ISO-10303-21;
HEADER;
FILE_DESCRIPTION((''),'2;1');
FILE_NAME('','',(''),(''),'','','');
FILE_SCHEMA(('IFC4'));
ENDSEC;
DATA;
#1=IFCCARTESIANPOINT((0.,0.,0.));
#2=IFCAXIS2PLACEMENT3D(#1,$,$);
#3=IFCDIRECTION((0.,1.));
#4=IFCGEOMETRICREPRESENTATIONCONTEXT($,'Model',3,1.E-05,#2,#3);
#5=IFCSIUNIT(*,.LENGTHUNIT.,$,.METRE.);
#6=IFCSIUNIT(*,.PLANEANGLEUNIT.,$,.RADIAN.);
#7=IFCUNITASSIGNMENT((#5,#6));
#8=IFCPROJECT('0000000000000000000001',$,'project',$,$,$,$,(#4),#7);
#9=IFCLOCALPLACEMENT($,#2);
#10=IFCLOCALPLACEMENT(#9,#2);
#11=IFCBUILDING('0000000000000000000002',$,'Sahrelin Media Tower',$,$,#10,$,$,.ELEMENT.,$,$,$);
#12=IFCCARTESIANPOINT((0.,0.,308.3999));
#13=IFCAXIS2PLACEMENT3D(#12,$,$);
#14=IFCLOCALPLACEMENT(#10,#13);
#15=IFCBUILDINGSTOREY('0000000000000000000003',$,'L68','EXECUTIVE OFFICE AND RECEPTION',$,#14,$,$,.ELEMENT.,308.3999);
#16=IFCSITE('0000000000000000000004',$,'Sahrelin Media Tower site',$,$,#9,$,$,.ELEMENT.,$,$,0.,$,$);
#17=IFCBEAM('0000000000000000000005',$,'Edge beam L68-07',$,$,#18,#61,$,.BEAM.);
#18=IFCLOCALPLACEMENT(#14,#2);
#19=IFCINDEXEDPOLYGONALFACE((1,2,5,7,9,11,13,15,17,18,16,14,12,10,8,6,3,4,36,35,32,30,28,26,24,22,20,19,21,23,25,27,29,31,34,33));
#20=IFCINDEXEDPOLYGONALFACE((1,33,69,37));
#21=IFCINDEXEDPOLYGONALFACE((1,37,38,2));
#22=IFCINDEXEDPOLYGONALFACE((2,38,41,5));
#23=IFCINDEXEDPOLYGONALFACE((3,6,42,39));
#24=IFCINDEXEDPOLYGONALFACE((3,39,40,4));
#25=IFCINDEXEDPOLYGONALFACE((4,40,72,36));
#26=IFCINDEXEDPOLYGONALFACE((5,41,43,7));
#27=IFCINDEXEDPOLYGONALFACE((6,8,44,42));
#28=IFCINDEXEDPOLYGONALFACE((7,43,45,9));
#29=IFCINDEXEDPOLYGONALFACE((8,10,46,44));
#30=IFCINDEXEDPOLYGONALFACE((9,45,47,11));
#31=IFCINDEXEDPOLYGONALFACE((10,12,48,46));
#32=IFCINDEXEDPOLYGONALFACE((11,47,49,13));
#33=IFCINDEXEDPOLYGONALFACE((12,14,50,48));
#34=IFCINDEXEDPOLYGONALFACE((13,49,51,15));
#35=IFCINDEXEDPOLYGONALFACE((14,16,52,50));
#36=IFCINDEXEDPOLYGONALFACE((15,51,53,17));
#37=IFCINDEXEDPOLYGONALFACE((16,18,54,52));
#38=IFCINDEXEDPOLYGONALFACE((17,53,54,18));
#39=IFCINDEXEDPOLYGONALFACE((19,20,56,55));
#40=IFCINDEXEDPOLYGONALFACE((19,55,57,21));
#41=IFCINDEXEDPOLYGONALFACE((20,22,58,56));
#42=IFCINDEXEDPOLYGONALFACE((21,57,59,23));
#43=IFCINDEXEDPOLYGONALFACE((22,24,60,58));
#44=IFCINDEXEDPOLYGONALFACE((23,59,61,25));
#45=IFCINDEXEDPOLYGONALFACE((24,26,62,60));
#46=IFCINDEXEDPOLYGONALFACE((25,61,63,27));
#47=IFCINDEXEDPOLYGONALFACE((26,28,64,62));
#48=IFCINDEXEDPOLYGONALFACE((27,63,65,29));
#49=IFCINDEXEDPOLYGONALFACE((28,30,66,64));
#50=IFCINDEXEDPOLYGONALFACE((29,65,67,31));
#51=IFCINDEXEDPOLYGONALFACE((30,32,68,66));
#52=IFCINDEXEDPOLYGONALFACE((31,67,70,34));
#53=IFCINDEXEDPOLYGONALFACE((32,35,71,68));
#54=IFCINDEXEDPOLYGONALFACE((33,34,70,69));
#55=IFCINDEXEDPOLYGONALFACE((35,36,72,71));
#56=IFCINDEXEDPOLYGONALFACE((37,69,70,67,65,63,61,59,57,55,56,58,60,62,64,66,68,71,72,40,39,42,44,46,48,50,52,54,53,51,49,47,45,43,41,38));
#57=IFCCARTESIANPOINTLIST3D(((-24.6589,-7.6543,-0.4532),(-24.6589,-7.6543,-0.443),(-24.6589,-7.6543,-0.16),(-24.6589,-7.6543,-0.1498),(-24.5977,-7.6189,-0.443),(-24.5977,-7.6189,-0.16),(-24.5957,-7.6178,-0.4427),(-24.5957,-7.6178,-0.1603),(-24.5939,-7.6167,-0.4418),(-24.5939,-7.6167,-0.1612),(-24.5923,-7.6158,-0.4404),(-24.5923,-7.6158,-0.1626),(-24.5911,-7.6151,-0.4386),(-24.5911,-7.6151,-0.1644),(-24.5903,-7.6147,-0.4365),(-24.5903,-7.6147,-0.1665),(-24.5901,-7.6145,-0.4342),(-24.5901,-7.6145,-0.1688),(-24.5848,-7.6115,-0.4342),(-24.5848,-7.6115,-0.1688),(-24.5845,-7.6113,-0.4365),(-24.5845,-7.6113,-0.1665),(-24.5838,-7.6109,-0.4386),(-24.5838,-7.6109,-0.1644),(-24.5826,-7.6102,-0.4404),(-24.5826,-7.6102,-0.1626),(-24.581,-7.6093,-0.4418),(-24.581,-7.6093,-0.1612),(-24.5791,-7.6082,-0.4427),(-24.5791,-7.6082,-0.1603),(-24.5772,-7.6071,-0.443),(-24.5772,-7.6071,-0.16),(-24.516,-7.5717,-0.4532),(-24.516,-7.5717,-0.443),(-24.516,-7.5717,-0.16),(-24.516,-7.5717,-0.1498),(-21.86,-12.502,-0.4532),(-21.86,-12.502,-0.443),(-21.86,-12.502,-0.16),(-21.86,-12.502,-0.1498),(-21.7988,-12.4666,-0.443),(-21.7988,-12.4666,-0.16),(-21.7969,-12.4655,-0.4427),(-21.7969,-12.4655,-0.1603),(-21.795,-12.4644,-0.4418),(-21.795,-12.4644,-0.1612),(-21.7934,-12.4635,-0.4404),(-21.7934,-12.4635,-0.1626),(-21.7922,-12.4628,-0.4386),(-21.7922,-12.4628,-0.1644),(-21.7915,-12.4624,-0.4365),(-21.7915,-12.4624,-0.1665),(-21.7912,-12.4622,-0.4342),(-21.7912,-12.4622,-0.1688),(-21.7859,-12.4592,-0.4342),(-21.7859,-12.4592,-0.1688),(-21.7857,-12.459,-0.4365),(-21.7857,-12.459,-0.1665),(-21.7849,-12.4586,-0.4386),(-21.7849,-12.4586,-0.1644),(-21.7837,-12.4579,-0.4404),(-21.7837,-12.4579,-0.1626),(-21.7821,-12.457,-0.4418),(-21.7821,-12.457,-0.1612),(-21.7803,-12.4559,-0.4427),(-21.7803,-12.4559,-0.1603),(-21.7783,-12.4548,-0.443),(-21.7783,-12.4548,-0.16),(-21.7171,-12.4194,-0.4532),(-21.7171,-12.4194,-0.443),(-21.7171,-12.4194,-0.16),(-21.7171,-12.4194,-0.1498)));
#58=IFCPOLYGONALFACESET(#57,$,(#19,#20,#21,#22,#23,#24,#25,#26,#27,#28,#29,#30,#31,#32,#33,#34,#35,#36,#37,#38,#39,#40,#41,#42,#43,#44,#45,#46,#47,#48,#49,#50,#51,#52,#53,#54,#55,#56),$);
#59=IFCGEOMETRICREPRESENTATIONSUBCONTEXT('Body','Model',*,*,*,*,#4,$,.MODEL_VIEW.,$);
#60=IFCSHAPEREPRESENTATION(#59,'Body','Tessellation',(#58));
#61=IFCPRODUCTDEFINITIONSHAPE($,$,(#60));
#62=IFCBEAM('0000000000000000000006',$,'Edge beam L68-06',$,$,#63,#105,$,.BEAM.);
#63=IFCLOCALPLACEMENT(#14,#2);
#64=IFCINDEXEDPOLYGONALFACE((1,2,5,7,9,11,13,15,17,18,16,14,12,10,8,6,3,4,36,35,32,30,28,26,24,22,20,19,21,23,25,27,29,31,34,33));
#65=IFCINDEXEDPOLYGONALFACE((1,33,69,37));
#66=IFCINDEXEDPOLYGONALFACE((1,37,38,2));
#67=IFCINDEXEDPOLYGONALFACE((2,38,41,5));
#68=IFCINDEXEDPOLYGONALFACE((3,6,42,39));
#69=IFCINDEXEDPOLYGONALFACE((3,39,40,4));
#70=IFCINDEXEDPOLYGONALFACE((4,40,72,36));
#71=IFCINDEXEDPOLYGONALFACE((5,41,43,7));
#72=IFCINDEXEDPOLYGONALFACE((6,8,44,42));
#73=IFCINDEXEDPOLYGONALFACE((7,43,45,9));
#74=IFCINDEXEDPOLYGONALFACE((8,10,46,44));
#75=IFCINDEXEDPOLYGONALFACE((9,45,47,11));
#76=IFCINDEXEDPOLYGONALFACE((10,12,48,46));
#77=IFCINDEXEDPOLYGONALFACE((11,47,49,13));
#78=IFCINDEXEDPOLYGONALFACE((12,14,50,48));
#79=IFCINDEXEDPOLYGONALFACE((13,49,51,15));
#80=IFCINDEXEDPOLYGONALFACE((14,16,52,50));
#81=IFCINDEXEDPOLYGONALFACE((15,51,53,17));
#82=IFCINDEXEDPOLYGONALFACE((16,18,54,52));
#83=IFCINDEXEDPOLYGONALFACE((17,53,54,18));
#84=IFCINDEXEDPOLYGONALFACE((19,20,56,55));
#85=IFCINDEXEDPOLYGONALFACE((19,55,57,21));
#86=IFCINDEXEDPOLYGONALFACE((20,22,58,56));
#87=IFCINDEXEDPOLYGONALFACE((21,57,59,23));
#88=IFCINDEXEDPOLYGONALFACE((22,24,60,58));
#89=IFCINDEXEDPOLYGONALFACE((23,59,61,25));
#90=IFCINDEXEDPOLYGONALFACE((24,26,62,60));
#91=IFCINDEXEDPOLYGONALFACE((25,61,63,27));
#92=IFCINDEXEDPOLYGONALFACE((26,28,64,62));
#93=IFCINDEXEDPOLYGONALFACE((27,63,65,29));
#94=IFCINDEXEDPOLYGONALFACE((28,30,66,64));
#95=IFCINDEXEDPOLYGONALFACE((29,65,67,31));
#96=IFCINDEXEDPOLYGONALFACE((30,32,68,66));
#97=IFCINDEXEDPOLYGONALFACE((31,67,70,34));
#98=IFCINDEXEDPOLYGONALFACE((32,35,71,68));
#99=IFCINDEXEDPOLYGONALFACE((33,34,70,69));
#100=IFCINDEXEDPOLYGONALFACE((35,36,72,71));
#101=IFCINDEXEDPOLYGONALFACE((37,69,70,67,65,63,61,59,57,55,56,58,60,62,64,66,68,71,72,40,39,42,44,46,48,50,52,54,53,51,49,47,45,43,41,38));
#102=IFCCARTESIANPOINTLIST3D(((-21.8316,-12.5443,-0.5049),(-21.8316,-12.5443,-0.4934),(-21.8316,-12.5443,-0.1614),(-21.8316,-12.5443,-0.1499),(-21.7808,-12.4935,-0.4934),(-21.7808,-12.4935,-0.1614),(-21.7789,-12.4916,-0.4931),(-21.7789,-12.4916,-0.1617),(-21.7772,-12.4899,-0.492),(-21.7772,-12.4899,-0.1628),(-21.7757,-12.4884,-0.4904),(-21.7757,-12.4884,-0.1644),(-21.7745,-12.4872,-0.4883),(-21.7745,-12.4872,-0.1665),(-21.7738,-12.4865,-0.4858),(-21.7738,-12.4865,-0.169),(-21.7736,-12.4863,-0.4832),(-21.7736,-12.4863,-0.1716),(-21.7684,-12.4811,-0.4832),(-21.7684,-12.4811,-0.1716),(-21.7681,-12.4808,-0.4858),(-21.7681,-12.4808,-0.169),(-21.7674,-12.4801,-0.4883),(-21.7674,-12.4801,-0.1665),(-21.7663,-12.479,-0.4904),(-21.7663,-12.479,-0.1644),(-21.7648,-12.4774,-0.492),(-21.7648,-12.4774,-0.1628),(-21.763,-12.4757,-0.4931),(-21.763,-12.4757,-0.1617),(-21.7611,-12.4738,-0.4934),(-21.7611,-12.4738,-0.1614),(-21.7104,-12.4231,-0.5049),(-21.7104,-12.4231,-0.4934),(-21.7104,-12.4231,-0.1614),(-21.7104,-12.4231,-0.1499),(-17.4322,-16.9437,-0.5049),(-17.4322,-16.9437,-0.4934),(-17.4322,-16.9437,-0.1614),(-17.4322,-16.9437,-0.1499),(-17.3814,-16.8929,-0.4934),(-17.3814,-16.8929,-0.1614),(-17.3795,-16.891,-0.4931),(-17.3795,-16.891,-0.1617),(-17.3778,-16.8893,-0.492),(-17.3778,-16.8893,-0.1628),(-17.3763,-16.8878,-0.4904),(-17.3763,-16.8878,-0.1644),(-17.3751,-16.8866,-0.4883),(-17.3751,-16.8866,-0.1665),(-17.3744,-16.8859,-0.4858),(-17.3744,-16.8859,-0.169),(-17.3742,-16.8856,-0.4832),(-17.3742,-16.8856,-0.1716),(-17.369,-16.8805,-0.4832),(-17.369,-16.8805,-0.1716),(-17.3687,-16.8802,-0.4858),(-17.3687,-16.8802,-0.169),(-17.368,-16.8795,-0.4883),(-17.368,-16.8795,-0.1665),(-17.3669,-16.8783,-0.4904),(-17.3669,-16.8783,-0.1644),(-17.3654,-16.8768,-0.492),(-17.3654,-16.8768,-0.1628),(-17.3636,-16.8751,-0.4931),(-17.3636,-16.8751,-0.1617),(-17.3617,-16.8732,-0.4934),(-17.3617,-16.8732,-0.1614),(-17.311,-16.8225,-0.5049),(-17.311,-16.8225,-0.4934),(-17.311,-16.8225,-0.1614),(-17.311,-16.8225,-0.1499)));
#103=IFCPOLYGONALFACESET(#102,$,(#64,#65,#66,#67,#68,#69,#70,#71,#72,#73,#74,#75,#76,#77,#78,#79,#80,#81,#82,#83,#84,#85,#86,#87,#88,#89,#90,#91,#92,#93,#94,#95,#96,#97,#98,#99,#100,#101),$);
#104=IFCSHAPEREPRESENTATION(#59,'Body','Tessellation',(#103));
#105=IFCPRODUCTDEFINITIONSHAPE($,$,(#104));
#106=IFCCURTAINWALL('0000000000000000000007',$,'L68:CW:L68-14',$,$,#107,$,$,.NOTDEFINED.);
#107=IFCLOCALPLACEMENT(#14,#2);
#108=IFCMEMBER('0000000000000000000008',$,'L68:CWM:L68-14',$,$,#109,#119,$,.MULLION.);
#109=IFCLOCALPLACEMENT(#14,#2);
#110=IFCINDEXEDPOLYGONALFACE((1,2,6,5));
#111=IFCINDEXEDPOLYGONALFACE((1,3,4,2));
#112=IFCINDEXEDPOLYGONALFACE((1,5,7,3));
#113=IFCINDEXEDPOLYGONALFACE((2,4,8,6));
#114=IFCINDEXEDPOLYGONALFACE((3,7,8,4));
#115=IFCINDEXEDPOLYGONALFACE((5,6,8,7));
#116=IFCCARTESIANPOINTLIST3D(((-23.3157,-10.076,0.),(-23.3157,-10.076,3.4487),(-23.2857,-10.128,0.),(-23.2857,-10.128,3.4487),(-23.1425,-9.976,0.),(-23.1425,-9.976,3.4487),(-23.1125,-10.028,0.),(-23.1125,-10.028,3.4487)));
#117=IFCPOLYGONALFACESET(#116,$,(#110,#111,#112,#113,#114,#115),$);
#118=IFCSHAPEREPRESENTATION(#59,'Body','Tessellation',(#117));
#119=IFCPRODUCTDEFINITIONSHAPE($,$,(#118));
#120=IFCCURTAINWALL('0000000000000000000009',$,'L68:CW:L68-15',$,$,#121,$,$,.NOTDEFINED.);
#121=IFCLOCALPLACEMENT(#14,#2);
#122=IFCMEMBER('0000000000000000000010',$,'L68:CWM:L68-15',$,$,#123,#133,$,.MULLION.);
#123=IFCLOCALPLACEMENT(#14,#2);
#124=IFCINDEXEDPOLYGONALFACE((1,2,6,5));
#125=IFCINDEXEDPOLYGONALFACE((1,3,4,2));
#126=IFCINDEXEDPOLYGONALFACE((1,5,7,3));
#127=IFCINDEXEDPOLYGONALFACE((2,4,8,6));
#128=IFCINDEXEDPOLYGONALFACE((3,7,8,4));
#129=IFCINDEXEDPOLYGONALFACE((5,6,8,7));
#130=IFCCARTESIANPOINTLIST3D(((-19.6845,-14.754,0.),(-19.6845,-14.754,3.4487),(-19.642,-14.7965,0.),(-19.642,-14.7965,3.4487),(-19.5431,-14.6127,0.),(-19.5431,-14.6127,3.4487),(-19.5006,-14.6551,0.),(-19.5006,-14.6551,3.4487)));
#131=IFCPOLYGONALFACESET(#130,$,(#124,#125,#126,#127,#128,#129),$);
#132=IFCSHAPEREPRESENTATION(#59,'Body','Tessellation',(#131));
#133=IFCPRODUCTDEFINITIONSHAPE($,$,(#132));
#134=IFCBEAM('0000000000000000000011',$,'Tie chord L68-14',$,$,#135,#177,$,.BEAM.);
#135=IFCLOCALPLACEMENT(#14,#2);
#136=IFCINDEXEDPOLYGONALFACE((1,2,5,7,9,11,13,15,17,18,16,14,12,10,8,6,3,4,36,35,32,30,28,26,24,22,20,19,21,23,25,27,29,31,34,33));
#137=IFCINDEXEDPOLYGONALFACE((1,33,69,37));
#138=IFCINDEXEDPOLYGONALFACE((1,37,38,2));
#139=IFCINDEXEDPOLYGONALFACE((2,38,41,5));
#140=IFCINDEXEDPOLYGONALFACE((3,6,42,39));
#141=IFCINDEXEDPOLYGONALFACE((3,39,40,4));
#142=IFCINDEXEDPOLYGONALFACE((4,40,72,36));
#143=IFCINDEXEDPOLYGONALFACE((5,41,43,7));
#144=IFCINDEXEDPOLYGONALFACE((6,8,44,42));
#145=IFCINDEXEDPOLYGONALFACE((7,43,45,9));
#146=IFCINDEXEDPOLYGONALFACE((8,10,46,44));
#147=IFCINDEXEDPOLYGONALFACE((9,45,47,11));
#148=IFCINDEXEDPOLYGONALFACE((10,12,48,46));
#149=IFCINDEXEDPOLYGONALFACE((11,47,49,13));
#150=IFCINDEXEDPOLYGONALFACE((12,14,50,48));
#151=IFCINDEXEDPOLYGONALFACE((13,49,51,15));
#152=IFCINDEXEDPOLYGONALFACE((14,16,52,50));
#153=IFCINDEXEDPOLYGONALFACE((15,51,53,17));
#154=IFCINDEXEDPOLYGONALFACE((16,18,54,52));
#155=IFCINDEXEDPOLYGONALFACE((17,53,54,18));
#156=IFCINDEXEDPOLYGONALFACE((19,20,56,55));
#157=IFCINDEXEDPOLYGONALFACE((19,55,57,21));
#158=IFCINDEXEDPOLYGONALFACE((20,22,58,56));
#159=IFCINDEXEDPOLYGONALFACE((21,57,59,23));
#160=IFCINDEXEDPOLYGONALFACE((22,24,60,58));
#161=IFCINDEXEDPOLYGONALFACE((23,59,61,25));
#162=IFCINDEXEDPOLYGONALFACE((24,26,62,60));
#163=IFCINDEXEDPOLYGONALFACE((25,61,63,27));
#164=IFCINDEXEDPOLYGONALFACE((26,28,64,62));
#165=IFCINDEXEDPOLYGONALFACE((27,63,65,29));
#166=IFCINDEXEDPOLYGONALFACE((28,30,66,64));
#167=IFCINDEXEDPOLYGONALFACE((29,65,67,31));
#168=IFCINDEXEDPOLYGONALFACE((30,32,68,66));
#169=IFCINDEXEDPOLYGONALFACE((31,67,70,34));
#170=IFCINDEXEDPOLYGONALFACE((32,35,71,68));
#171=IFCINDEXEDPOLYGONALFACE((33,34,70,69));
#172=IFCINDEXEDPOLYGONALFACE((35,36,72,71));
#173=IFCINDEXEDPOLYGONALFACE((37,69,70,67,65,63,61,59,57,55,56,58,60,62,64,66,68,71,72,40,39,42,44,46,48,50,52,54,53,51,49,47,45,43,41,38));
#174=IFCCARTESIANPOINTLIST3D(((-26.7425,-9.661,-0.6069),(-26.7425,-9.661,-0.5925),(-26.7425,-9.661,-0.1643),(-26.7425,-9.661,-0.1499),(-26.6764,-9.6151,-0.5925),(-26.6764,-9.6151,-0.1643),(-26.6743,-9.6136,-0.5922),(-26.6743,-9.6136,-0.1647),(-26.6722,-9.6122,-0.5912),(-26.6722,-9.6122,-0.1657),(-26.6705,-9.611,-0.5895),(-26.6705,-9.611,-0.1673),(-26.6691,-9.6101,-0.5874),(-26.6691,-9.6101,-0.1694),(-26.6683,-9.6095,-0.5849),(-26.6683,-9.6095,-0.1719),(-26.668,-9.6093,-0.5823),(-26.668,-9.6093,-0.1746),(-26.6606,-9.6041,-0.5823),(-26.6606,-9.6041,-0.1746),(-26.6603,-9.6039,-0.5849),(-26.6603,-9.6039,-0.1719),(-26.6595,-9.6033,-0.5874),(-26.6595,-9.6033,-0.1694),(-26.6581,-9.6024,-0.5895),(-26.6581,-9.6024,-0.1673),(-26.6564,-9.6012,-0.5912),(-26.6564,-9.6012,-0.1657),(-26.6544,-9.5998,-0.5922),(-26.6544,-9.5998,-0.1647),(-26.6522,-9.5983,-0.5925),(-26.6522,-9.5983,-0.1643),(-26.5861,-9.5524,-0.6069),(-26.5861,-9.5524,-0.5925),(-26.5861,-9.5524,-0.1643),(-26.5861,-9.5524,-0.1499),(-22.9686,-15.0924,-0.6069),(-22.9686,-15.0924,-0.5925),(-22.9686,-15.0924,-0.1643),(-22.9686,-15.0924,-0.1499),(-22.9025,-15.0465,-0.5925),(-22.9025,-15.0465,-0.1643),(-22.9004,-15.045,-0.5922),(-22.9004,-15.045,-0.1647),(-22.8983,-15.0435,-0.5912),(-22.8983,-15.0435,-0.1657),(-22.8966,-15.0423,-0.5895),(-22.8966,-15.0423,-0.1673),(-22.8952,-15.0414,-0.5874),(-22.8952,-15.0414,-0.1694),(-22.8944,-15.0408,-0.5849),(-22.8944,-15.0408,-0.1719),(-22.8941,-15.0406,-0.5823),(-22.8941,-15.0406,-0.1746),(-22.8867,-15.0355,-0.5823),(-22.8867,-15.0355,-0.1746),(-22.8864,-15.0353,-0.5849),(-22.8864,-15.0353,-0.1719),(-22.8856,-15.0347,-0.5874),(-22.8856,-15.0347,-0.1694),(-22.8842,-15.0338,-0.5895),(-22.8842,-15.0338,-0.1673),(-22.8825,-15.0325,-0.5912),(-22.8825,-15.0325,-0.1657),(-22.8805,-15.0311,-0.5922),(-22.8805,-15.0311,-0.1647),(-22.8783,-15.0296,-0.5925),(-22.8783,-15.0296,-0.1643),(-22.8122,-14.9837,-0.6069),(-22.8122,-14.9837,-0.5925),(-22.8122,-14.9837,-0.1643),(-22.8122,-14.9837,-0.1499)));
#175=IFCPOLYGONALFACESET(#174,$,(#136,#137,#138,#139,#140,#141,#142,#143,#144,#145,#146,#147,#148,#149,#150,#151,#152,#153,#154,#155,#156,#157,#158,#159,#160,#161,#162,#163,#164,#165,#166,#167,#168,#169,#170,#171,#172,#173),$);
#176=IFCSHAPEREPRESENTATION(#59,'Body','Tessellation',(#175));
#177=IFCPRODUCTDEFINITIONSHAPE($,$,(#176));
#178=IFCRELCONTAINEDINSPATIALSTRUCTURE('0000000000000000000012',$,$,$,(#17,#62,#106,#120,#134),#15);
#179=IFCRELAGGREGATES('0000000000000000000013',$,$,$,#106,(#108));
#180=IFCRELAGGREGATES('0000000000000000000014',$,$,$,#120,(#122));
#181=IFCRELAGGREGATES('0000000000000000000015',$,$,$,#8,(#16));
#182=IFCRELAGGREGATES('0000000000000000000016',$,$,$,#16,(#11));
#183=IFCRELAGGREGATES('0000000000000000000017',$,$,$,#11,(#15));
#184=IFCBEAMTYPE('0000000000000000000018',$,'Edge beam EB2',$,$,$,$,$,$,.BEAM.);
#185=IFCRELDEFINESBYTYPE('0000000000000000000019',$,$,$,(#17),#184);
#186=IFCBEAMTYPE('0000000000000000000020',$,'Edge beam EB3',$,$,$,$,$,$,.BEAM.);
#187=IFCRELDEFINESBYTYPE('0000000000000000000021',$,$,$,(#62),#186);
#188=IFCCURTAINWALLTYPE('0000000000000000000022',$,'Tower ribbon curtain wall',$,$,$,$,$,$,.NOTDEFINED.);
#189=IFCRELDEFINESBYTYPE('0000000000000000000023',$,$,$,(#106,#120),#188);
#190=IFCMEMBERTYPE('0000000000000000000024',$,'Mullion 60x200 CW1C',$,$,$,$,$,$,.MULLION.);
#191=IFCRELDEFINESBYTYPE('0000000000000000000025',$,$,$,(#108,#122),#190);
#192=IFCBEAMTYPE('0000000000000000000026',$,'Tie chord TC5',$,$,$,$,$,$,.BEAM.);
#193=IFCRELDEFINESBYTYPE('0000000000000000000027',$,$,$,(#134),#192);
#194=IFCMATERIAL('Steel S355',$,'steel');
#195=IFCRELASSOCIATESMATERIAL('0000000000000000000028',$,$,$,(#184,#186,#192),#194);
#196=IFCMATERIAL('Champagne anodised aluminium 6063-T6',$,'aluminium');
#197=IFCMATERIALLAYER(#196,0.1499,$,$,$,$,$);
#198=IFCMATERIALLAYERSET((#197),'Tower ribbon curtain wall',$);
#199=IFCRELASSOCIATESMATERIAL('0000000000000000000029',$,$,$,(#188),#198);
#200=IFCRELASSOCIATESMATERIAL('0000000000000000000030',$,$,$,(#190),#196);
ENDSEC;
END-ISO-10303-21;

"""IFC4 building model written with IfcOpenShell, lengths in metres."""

from ifc_helpers import new_model, si_unit, direction, frame, origin, origin_2d, place, context, subcontext, project, spatial, rectangle, i_section, extrude, material, layer, layer_set, material_profile, profile_set, type_object, element, aggregate, save


model = new_model("IFC4")

# Units and contexts
model_context = context("Model", 3, precision=1e-05, world=origin(), true_north=direction((0.0, 1.0)))
body_context = subcontext(model_context, "Body", "Model", "MODEL_VIEW")
ifc_project = project(units=[si_unit("LENGTHUNIT", "METRE"), si_unit("PLANEANGLEUNIT", "RADIAN")], contexts=[model_context])

# Site, building, storey
site_placement = place(None, origin())
site = spatial("IfcSite", under=ifc_project, at=site_placement, Name="Sahrelin Media Tower site", CompositionType="ELEMENT", RefElevation=0.0)
building_placement = place(site_placement, origin())
building = spatial("IfcBuilding", under=site, at=building_placement, Name="Sahrelin Media Tower", CompositionType="ELEMENT")
storey_placement = place(building_placement, frame((0.0, 0.0, 308.3999)))
storey = spatial("IfcBuildingStorey", under=building, at=storey_placement, Name="L68", Description="EXECUTIVE OFFICE AND RECEPTION", CompositionType="ELEMENT", Elevation=308.3999)

# Beams
ifc_material_1 = material(Name="Steel S355", Category="steel")
ifc_material_profile_1 = material_profile(ifc_material_1, i_section(OverallWidth=0.165, OverallDepth=0.3035, WebThickness=0.0061, FlangeThickness=0.0103, FilletRadius=0.0088, at=origin_2d()), Name="UB 305x165x40")
ifc_profile_set_1 = profile_set([ifc_material_profile_1], Name="Steel S355")
beam_type_1 = type_object("IfcBeamType", Name="Edge beam EB2", PredefinedType="BEAM", material=ifc_profile_set_1)
beam_1_placement = place(storey_placement, frame((-21.7886, -12.4607, -0.3015), z_axis=(-0.500004, 0.866023, 0.0), x_axis=(-0.866023, -0.500004, 0.0)))
element("IfcBeam", 1, at=beam_1_placement, inside=storey, type_object=beam_type_1, Name="Edge beam L68-07", PredefinedType="BEAM", context=body_context, shape_type="SweptSolid", body=[
    extrude(i_section(OverallWidth=0.165, OverallDepth=0.3035, WebThickness=0.0061, FlangeThickness=0.0103, FilletRadius=0.0088, at=origin_2d()), origin(), (0.0, 0.0, 1.0), 5.5977),
])
ifc_material_profile_2 = material_profile(ifc_material_1, i_section(OverallWidth=0.1714, OverallDepth=0.355, WebThickness=0.0073, FlangeThickness=0.0115, FilletRadius=0.0103, at=origin_2d()), Name="UB 356x171x51")
ifc_profile_set_2 = profile_set([ifc_material_profile_2], Name="Steel S355")
beam_type_2 = type_object("IfcBeamType", Name="Edge beam EB3", PredefinedType="BEAM", material=ifc_profile_set_2)
beam_2_placement = place(storey_placement, frame((-17.3716, -16.8831, -0.3274), z_axis=(-0.707107, 0.707107, 0.0), x_axis=(-0.707107, -0.707107, 0.0)))
element("IfcBeam", 2, at=beam_2_placement, inside=storey, type_object=beam_type_2, Name="Edge beam L68-06", PredefinedType="BEAM", context=body_context, shape_type="SweptSolid", body=[
    extrude(i_section(OverallWidth=0.1714, OverallDepth=0.355, WebThickness=0.0073, FlangeThickness=0.0115, FilletRadius=0.0103, at=origin_2d()), origin(), (0.0, 0.0, 1.0), 6.2217),
])

# Curtain walls, members
ifc_material_2 = material(Name="Champagne anodised aluminium 6063-T6", Category="aluminium")
ifc_layer_1 = layer(ifc_material_2, 0.1499)
ifc_layer_set_1 = layer_set([ifc_layer_1], Name="Tower ribbon curtain wall")
curtain_wall_type = type_object("IfcCurtainWallType", Name="Tower ribbon curtain wall", PredefinedType="NOTDEFINED", material=ifc_layer_set_1)
curtain_wall_1_placement = place(storey_placement, frame((-23.3179, -10.1118, 0.0), z_axis=(0.0, 0.0, 1.0), x_axis=(1.0, 0.0, 0.0)))
curtain_wall_1 = element("IfcCurtainWall", 3, at=curtain_wall_1_placement, inside=storey, type_object=curtain_wall_type, Name="L68:CW:L68-14", PredefinedType="NOTDEFINED")
ifc_material_profile_3 = material_profile(ifc_material_2, rectangle(XDim=0.0601, YDim=0.2, at=origin_2d()), Name="Mullion 60x200")
ifc_profile_set_3 = profile_set([ifc_material_profile_3], Name="Champagne anodised aluminium 6063-T6")
member_type_1 = type_object("IfcMemberType", Name="Mullion 60x200 CW1C", PredefinedType="MULLION", material=ifc_profile_set_3)
member_1_placement = place(storey_placement, frame((-23.2141, -10.052, 0.0), z_axis=(0.0, 0.0, 1.0), x_axis=(0.499991, -0.866031, 0.0)))
member_1 = element("IfcMember", 4, at=member_1_placement, type_object=member_type_1, Name="L68:CWM:L68-14", PredefinedType="MULLION", context=body_context, shape_type="SweptSolid", body=[
    extrude(rectangle(XDim=0.0601, YDim=0.2, at=origin_2d()), origin(), (0.0, 0.0, 1.0), 3.4487),
])
curtain_wall_2_placement = place(storey_placement, frame((-19.6775, -14.7893, 0.0), z_axis=(0.0, 0.0, 1.0), x_axis=(1.0, 0.0, 0.0)))
curtain_wall_2 = element("IfcCurtainWall", 5, at=curtain_wall_2_placement, inside=storey, type_object=curtain_wall_type, Name="L68:CW:L68-15", PredefinedType="NOTDEFINED")
member_2_placement = place(storey_placement, frame((-19.5925, -14.7046, 0.0), z_axis=(0.0, 0.0, 1.0), x_axis=(0.707107, -0.707107, 0.0)))
member_2 = element("IfcMember", 6, at=member_2_placement, type_object=member_type_1, Name="L68:CWM:L68-15", PredefinedType="MULLION", context=body_context, shape_type="SweptSolid", body=[
    extrude(rectangle(XDim=0.0601, YDim=0.2, at=origin_2d()), origin(), (0.0, 0.0, 1.0), 3.4487),
])

# Beam
ifc_material_profile_4 = material_profile(ifc_material_1, i_section(OverallWidth=0.1904, OverallDepth=0.457, WebThickness=0.009, FlangeThickness=0.0144, FilletRadius=0.0103, at=origin_2d()), Name="UB 457x191x74")
ifc_profile_set_4 = profile_set([ifc_material_profile_4], Name="Steel S355")
beam_type_3 = type_object("IfcBeamType", Name="Tie chord TC5", PredefinedType="BEAM", material=ifc_profile_set_4)
beam_3_placement = place(storey_placement, frame((-26.6643, -9.6067, -0.3784), z_axis=(0.570612, -0.82122, 0.0), x_axis=(0.82122, 0.570612, 0.0)))
element("IfcBeam", 7, at=beam_3_placement, inside=storey, type_object=beam_type_3, Name="Tie chord L68-14", PredefinedType="BEAM", context=body_context, shape_type="SweptSolid", body=[
    extrude(i_section(OverallWidth=0.1904, OverallDepth=0.457, WebThickness=0.009, FlangeThickness=0.0144, FilletRadius=0.0103, at=origin_2d()), origin(), (0.0, 0.0, 1.0), 6.6138),
])

aggregate(curtain_wall_1, [member_1])
aggregate(curtain_wall_2, [member_2])

save(model, "model.ifc")
